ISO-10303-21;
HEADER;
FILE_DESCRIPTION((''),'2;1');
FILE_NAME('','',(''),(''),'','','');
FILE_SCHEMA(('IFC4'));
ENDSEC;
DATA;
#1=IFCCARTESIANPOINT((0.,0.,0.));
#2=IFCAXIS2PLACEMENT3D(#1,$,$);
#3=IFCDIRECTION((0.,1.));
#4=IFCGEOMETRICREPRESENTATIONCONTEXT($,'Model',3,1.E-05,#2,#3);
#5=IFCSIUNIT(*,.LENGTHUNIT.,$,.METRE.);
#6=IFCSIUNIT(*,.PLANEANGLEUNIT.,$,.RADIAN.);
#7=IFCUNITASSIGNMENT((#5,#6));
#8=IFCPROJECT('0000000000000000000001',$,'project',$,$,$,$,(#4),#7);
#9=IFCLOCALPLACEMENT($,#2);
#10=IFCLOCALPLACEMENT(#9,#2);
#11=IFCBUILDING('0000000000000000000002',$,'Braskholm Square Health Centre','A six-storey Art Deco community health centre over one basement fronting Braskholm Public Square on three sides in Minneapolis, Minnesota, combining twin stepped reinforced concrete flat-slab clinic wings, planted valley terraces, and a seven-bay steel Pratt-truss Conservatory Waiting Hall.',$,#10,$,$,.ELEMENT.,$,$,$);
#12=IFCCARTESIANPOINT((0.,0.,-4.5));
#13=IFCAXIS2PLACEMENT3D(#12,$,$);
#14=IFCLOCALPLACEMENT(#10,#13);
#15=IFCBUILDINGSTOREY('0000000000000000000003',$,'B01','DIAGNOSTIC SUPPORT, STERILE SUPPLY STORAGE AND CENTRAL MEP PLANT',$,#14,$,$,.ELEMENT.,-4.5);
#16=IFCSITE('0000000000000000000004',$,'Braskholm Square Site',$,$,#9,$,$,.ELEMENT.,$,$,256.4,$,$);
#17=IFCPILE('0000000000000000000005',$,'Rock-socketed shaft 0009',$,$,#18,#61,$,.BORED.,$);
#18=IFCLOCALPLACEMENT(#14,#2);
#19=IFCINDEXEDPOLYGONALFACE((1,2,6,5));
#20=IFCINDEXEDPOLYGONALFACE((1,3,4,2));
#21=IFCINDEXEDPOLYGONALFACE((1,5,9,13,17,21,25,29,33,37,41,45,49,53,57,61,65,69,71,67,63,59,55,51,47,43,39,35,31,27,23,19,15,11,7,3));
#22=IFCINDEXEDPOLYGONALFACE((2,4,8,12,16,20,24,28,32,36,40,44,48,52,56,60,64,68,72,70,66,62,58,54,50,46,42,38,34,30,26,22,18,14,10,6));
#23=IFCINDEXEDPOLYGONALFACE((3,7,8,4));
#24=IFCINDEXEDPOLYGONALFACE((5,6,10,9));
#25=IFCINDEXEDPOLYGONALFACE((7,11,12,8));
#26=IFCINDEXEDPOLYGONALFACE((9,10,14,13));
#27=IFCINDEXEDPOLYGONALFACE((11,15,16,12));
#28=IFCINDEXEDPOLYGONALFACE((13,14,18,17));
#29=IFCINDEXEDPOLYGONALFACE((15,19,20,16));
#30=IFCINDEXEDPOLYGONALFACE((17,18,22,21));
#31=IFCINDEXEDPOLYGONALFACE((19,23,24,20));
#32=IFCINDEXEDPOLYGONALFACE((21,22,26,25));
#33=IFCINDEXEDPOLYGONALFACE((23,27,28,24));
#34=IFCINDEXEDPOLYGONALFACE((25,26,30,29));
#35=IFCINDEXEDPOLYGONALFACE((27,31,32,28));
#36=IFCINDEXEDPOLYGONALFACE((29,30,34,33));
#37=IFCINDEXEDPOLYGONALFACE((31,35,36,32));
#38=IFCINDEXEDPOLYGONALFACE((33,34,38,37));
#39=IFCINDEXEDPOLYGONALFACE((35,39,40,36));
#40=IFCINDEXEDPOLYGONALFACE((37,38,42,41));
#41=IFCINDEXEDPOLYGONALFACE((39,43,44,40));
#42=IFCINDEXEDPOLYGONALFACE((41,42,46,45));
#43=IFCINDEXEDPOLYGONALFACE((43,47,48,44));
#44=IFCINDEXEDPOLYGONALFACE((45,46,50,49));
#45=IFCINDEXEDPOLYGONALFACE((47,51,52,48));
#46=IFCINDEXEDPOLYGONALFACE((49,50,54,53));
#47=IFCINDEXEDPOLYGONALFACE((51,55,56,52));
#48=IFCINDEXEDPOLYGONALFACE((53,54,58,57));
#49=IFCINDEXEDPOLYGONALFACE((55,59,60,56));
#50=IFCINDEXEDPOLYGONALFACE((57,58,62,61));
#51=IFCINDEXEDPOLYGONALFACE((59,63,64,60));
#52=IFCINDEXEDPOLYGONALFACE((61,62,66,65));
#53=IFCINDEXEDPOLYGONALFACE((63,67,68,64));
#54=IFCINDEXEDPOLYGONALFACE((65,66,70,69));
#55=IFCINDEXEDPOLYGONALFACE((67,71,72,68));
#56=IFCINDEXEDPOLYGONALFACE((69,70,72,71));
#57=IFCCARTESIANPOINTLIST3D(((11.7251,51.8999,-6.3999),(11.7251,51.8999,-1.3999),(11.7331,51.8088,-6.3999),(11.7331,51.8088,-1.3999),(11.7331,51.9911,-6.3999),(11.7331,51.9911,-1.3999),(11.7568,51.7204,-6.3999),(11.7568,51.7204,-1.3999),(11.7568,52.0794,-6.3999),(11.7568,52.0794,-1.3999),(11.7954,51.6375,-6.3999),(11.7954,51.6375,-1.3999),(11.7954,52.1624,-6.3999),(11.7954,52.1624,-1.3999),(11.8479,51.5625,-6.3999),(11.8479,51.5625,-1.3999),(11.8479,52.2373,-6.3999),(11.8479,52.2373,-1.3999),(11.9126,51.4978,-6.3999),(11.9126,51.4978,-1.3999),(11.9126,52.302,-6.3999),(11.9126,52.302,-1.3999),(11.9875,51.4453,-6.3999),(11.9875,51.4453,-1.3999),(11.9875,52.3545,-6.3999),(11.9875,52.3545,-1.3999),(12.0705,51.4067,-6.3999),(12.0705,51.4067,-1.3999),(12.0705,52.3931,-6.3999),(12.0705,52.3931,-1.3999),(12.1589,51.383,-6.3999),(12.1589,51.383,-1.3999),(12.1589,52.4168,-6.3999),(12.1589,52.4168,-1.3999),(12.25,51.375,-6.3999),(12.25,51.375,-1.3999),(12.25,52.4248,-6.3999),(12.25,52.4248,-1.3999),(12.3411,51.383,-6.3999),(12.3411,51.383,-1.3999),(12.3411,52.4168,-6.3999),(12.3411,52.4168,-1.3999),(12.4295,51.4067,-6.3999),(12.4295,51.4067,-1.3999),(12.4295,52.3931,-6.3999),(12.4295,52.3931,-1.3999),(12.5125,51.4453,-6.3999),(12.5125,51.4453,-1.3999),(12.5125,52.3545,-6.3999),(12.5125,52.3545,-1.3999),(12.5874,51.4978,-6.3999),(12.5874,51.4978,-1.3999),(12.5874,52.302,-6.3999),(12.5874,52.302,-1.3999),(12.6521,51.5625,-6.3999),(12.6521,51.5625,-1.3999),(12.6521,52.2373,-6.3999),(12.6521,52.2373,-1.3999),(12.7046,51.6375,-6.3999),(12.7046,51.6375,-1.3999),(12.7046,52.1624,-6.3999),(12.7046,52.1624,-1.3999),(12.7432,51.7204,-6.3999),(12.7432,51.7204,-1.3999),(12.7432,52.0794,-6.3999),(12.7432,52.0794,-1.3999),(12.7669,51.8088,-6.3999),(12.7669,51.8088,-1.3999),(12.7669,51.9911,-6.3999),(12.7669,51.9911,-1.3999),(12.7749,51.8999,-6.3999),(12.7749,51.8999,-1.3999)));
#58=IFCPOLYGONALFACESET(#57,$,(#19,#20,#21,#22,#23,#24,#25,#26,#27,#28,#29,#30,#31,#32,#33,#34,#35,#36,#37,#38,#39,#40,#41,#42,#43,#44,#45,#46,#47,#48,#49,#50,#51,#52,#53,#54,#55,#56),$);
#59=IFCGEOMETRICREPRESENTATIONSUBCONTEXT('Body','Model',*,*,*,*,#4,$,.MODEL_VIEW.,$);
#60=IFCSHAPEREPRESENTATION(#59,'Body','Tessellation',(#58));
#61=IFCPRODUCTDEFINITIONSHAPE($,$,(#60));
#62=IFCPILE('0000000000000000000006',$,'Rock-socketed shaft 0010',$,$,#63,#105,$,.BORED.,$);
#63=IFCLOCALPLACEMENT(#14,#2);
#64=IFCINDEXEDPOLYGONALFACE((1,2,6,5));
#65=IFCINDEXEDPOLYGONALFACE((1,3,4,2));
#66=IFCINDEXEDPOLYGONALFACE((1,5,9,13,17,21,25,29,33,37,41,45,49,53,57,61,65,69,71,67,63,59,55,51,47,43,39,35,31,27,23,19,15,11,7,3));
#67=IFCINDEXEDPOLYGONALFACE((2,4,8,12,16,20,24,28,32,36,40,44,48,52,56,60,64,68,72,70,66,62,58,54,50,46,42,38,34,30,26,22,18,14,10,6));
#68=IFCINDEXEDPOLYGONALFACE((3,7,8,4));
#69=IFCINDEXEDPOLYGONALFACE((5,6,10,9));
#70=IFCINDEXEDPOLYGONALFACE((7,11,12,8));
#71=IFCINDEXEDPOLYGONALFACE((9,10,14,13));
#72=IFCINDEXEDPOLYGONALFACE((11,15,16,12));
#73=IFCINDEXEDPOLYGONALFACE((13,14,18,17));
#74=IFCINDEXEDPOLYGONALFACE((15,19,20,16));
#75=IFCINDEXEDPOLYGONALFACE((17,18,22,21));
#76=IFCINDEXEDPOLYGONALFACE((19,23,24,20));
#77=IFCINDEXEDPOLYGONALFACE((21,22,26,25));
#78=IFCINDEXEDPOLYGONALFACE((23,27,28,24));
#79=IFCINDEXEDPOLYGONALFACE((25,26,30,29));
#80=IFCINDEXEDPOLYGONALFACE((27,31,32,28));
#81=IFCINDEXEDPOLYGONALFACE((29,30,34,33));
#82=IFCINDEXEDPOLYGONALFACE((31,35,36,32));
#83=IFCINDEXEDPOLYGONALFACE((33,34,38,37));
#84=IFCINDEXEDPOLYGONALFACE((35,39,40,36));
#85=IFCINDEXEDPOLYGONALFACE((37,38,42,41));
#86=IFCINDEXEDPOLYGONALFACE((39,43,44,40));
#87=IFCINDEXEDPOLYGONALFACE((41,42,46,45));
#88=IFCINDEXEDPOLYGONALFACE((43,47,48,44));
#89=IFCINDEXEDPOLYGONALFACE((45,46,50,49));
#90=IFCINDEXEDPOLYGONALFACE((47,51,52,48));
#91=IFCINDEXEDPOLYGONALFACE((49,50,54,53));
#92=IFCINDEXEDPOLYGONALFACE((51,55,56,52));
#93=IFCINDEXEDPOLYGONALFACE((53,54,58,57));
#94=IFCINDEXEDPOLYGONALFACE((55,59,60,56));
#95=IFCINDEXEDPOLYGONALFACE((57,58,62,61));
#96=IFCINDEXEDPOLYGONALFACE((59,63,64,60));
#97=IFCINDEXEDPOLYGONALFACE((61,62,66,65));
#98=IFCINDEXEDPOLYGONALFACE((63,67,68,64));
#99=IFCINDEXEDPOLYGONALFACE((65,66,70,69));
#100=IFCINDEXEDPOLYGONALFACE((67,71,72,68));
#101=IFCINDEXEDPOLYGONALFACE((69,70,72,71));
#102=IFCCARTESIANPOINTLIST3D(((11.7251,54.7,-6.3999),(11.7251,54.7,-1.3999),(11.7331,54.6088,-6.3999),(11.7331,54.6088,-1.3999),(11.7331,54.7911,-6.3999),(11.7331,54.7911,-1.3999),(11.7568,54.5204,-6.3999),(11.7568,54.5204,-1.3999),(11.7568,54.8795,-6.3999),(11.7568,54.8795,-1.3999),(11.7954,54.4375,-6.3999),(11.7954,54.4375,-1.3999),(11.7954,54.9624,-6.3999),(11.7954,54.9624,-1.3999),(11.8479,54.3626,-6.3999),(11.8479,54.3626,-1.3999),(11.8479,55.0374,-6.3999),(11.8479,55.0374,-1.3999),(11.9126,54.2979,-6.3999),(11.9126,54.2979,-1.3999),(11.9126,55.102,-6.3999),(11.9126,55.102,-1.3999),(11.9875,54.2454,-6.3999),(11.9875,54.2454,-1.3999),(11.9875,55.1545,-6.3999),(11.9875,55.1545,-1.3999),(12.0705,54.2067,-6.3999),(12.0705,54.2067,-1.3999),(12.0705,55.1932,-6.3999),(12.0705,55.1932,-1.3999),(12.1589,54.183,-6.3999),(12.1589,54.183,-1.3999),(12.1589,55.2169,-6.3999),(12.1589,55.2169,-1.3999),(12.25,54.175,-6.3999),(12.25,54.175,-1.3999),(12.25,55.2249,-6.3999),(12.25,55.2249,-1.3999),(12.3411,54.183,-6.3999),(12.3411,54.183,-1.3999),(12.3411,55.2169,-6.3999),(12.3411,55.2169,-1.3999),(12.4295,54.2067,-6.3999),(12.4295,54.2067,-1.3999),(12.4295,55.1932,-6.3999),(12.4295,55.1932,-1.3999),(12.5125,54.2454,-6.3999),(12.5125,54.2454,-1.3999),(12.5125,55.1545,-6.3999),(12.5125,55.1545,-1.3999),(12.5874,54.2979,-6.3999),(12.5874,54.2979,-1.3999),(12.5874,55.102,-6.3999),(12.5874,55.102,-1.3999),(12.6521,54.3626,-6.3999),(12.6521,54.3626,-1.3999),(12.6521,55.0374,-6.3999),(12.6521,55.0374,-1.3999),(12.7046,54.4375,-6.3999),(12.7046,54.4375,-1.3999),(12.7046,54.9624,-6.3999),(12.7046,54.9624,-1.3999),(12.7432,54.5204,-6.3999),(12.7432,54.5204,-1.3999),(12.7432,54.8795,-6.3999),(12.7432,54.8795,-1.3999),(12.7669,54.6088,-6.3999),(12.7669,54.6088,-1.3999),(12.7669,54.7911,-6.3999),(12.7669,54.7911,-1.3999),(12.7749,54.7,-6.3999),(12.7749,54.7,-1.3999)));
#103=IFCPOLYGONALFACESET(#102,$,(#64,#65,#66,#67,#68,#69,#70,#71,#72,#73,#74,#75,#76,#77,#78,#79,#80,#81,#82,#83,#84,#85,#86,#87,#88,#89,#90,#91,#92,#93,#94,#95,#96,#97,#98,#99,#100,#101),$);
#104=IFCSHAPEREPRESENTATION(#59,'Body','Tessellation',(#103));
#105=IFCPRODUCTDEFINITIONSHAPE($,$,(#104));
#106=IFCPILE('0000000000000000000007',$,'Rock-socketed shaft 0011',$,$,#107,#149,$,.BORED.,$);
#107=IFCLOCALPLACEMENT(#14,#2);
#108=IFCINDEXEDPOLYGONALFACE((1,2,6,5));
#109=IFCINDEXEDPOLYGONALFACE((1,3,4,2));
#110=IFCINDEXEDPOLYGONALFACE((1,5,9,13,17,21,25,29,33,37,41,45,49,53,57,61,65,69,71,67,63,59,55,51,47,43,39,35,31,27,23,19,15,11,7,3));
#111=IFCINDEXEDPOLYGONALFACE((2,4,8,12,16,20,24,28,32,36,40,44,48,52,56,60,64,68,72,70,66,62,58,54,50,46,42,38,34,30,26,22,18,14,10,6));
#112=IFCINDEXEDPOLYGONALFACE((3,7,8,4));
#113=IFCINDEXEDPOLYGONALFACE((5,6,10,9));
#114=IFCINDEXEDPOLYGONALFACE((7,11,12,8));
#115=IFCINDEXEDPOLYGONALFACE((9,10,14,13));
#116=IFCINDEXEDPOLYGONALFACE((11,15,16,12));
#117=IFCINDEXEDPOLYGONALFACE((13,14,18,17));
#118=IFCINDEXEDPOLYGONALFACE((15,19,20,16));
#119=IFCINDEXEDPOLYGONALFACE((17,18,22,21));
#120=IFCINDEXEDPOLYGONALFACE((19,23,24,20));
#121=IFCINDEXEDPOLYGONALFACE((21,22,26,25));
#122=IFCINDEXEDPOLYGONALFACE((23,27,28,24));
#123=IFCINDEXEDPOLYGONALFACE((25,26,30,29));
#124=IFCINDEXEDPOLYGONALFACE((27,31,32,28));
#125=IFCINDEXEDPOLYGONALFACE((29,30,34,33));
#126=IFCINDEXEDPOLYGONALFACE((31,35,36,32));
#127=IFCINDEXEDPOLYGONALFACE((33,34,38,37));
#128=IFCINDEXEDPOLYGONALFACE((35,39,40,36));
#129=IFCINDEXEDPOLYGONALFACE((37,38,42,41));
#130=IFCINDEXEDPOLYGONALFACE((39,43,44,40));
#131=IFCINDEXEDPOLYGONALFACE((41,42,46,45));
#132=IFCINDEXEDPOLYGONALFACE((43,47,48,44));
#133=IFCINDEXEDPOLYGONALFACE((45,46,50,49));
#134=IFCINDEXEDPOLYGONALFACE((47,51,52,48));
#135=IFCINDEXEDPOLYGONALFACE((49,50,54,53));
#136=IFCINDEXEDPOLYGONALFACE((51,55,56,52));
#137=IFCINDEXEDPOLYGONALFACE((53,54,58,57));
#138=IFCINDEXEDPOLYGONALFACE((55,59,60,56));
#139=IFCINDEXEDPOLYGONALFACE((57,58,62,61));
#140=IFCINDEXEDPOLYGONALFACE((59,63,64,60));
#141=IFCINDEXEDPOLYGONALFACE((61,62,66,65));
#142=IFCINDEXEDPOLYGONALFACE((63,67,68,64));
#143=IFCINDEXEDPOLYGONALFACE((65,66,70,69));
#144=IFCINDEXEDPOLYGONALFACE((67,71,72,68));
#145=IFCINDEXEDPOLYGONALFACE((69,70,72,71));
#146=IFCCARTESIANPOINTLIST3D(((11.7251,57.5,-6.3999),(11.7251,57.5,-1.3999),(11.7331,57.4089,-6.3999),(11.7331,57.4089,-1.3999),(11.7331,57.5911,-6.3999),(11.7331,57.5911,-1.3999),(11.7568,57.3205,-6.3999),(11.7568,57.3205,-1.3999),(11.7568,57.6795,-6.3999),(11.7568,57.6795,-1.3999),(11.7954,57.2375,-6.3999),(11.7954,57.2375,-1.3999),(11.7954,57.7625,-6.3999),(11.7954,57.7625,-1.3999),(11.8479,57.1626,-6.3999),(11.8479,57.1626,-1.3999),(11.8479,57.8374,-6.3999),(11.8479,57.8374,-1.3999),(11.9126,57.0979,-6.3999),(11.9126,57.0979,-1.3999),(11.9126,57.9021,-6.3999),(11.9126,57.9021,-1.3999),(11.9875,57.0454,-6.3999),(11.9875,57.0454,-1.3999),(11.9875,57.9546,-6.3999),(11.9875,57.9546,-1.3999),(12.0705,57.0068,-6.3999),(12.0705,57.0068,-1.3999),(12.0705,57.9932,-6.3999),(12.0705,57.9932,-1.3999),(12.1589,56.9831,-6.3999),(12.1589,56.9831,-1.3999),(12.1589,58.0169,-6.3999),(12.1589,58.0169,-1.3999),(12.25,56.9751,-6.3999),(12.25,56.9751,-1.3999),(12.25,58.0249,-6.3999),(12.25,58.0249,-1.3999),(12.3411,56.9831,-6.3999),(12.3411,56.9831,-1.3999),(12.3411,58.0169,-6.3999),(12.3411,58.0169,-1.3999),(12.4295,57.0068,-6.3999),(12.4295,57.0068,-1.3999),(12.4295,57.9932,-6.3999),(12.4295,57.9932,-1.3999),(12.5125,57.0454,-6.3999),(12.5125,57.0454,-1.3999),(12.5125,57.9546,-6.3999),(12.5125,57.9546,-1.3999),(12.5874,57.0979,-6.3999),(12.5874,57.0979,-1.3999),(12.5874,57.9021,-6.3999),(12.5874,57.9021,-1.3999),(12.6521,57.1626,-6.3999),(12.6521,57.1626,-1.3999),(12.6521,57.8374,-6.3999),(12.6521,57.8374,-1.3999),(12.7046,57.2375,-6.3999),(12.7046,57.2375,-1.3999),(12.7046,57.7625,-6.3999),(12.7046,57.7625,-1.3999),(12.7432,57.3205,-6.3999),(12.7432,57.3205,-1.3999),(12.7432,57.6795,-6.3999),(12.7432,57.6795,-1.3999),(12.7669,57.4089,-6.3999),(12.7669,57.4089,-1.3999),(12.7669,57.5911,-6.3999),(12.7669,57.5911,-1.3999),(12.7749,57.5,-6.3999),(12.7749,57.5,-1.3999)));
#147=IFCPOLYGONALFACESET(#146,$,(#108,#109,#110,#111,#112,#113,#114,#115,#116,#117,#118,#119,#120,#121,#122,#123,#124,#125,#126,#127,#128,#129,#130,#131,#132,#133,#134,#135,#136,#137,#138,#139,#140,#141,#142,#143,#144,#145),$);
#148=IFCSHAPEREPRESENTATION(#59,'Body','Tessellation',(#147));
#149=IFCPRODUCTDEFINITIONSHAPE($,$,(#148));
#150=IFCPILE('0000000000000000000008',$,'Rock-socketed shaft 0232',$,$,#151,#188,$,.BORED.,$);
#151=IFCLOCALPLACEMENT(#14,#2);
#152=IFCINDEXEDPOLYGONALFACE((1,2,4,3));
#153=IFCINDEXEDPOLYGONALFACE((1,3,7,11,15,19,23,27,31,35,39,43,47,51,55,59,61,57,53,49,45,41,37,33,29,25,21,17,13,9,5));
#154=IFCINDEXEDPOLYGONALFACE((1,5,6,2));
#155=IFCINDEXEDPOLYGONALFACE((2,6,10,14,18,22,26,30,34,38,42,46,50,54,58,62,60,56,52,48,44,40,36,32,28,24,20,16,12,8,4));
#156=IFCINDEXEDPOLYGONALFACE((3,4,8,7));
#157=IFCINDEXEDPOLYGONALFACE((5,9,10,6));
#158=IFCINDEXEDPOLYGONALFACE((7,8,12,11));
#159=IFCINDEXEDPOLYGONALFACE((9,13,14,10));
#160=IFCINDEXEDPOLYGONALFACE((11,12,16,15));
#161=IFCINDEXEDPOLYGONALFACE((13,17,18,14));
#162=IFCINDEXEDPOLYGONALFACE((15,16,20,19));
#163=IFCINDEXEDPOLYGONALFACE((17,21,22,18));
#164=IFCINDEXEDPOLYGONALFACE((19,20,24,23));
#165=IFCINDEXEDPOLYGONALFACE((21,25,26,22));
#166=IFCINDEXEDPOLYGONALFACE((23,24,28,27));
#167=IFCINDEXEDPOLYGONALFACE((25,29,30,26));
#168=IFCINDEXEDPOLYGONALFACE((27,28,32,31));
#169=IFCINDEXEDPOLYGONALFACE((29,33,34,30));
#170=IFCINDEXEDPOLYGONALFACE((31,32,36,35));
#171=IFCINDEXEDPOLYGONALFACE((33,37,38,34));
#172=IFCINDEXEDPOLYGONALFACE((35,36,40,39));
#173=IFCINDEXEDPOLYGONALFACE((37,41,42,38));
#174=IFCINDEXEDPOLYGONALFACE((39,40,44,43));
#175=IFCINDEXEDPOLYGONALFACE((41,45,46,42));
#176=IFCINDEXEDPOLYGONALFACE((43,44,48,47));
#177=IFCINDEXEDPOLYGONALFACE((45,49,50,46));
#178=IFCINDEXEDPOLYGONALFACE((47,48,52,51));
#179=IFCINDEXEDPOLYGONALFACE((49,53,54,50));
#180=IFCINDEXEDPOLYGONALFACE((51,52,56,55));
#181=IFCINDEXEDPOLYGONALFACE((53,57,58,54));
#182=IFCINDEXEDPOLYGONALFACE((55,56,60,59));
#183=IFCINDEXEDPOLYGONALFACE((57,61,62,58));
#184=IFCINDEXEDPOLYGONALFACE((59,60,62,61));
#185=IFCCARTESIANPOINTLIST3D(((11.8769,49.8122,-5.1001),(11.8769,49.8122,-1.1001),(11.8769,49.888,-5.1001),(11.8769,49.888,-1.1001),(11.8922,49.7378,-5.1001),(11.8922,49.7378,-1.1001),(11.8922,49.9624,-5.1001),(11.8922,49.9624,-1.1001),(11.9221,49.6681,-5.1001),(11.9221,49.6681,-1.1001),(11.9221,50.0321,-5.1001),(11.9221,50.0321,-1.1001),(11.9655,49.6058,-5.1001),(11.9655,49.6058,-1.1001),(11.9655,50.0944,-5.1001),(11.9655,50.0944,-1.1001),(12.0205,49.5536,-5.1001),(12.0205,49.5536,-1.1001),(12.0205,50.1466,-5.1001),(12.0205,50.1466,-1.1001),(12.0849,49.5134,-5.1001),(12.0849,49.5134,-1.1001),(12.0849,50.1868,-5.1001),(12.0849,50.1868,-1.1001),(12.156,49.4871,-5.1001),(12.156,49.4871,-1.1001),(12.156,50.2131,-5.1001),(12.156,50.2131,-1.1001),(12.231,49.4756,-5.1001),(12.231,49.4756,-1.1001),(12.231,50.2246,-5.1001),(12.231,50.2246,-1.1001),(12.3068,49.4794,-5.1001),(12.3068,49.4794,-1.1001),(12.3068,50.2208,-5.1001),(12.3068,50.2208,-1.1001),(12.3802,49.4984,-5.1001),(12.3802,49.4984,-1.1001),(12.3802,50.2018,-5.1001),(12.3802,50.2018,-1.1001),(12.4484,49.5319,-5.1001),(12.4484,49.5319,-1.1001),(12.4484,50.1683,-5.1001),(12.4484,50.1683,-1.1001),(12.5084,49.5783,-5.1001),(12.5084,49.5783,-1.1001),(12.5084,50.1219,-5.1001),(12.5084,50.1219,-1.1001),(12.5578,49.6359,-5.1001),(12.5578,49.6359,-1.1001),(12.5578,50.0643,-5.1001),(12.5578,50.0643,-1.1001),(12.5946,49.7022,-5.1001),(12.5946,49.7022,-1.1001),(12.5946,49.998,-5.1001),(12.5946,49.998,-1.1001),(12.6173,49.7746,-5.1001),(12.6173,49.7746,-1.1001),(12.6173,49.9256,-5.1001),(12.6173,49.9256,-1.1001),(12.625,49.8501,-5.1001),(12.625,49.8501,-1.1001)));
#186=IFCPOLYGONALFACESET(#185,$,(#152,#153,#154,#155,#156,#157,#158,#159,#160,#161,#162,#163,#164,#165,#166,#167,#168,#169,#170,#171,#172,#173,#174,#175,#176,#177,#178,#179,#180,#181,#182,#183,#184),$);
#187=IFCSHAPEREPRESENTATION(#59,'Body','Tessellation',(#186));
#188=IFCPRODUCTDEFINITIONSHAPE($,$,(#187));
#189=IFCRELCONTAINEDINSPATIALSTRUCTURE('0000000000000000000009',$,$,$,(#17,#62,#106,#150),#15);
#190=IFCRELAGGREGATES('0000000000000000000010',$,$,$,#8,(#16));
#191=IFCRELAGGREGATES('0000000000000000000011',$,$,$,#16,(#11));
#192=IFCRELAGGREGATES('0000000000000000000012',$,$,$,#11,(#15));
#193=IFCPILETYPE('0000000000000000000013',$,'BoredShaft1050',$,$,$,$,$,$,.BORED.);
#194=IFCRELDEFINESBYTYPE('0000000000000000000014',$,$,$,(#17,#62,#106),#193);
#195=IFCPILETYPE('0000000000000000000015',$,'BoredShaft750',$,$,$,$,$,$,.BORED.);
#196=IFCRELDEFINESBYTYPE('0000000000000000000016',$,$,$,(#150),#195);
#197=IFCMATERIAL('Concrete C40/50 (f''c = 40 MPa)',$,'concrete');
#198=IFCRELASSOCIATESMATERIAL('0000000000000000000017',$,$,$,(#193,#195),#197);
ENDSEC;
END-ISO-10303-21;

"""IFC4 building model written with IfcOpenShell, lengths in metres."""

from ifc_helpers import new_model, si_unit, direction, frame, origin, origin_2d, place, context, subcontext, project, spatial, circle, extrude, material, material_profile, profile_set, type_object, element, save


model = new_model("IFC4")

# Units and contexts
model_context = context("Model", 3, precision=1e-05, world=origin(), true_north=direction((0.0, 1.0)))
body_context = subcontext(model_context, "Body", "Model", "MODEL_VIEW")
ifc_project = project(units=[si_unit("LENGTHUNIT", "METRE"), si_unit("PLANEANGLEUNIT", "RADIAN")], contexts=[model_context])

# Site, building, storey
site_placement = place(None, origin())
site = spatial("IfcSite", under=ifc_project, at=site_placement, Name="Braskholm Square Site", CompositionType="ELEMENT", RefElevation=256.4)
building_placement = place(site_placement, origin())
building = spatial("IfcBuilding", under=site, at=building_placement, Name="Braskholm Square Health Centre", Description="A six-storey Art Deco community health centre over one basement fronting Braskholm Public Square on three sides in Minneapolis, Minnesota, combining twin stepped reinforced concrete flat-slab clinic wings, planted valley terraces, and a seven-bay steel Pratt-truss Conservatory Waiting Hall.", CompositionType="ELEMENT")
storey_placement = place(building_placement, frame((0.0, 0.0, -4.5)))
storey = spatial("IfcBuildingStorey", under=building, at=storey_placement, Name="B01", Description="DIAGNOSTIC SUPPORT, STERILE SUPPLY STORAGE AND CENTRAL MEP PLANT", CompositionType="ELEMENT", Elevation=-4.5)

# Piles
ifc_material_1 = material(Name="Concrete C40/50 (f'c = 40 MPa)", Category="concrete")
ifc_material_profile_1 = material_profile(ifc_material_1, circle(Radius=0.5249, at=origin_2d()), Name="BORED-PILE-1050")
ifc_profile_set_1 = profile_set([ifc_material_profile_1], Name="Concrete C40/50 (f'c = 40 MPa)")
pile_type_1 = type_object("IfcPileType", Name="BoredShaft1050", PredefinedType="BORED", material=ifc_profile_set_1)
for number, where, z_axis, x_axis, name in (
    (1, (12.25, 51.8999, -1.3999), (0.0, 0.0, -1.0), (1.0, 0.0, 0.0), "Rock-socketed shaft 0009"),
    (2, (12.25, 54.7, -1.3999), (0.0, 0.0, -1.0), (1.0, 0.0, 0.0), "Rock-socketed shaft 0010"),
    (3, (12.25, 57.5, -1.3999), (0.0, 0.0, -1.0), (1.0, 0.0, 0.0), "Rock-socketed shaft 0011"),
):
    element("IfcPile", number, at=place(storey_placement, frame(where, z_axis=z_axis, x_axis=x_axis)), inside=storey, type_object=pile_type_1, Name=name, PredefinedType="BORED", context=body_context, shape_type="SweptSolid", body=[
        extrude(circle(Radius=0.5249, at=origin_2d()), origin(), (0.0, 0.0, 1.0), 5.0),
    ])
ifc_material_profile_2 = material_profile(ifc_material_1, circle(Radius=0.375, at=origin_2d()), Name="BORED-PILE-750")
ifc_profile_set_2 = profile_set([ifc_material_profile_2], Name="Concrete C40/50 (f'c = 40 MPa)")
pile_type_2 = type_object("IfcPileType", Name="BoredShaft750", PredefinedType="BORED", material=ifc_profile_set_2)
pile_placement = place(storey_placement, frame((12.25, 49.8501, -1.1001), z_axis=(0.0, 0.0, -1.0), x_axis=(1.0, 0.0, 0.0)))
element("IfcPile", 4, at=pile_placement, inside=storey, type_object=pile_type_2, Name="Rock-socketed shaft 0232", PredefinedType="BORED", context=body_context, shape_type="SweptSolid", body=[
    extrude(circle(Radius=0.375, at=origin_2d()), origin(), (0.0, 0.0, 1.0), 4.0),
])

save(model, "model.ifc")
